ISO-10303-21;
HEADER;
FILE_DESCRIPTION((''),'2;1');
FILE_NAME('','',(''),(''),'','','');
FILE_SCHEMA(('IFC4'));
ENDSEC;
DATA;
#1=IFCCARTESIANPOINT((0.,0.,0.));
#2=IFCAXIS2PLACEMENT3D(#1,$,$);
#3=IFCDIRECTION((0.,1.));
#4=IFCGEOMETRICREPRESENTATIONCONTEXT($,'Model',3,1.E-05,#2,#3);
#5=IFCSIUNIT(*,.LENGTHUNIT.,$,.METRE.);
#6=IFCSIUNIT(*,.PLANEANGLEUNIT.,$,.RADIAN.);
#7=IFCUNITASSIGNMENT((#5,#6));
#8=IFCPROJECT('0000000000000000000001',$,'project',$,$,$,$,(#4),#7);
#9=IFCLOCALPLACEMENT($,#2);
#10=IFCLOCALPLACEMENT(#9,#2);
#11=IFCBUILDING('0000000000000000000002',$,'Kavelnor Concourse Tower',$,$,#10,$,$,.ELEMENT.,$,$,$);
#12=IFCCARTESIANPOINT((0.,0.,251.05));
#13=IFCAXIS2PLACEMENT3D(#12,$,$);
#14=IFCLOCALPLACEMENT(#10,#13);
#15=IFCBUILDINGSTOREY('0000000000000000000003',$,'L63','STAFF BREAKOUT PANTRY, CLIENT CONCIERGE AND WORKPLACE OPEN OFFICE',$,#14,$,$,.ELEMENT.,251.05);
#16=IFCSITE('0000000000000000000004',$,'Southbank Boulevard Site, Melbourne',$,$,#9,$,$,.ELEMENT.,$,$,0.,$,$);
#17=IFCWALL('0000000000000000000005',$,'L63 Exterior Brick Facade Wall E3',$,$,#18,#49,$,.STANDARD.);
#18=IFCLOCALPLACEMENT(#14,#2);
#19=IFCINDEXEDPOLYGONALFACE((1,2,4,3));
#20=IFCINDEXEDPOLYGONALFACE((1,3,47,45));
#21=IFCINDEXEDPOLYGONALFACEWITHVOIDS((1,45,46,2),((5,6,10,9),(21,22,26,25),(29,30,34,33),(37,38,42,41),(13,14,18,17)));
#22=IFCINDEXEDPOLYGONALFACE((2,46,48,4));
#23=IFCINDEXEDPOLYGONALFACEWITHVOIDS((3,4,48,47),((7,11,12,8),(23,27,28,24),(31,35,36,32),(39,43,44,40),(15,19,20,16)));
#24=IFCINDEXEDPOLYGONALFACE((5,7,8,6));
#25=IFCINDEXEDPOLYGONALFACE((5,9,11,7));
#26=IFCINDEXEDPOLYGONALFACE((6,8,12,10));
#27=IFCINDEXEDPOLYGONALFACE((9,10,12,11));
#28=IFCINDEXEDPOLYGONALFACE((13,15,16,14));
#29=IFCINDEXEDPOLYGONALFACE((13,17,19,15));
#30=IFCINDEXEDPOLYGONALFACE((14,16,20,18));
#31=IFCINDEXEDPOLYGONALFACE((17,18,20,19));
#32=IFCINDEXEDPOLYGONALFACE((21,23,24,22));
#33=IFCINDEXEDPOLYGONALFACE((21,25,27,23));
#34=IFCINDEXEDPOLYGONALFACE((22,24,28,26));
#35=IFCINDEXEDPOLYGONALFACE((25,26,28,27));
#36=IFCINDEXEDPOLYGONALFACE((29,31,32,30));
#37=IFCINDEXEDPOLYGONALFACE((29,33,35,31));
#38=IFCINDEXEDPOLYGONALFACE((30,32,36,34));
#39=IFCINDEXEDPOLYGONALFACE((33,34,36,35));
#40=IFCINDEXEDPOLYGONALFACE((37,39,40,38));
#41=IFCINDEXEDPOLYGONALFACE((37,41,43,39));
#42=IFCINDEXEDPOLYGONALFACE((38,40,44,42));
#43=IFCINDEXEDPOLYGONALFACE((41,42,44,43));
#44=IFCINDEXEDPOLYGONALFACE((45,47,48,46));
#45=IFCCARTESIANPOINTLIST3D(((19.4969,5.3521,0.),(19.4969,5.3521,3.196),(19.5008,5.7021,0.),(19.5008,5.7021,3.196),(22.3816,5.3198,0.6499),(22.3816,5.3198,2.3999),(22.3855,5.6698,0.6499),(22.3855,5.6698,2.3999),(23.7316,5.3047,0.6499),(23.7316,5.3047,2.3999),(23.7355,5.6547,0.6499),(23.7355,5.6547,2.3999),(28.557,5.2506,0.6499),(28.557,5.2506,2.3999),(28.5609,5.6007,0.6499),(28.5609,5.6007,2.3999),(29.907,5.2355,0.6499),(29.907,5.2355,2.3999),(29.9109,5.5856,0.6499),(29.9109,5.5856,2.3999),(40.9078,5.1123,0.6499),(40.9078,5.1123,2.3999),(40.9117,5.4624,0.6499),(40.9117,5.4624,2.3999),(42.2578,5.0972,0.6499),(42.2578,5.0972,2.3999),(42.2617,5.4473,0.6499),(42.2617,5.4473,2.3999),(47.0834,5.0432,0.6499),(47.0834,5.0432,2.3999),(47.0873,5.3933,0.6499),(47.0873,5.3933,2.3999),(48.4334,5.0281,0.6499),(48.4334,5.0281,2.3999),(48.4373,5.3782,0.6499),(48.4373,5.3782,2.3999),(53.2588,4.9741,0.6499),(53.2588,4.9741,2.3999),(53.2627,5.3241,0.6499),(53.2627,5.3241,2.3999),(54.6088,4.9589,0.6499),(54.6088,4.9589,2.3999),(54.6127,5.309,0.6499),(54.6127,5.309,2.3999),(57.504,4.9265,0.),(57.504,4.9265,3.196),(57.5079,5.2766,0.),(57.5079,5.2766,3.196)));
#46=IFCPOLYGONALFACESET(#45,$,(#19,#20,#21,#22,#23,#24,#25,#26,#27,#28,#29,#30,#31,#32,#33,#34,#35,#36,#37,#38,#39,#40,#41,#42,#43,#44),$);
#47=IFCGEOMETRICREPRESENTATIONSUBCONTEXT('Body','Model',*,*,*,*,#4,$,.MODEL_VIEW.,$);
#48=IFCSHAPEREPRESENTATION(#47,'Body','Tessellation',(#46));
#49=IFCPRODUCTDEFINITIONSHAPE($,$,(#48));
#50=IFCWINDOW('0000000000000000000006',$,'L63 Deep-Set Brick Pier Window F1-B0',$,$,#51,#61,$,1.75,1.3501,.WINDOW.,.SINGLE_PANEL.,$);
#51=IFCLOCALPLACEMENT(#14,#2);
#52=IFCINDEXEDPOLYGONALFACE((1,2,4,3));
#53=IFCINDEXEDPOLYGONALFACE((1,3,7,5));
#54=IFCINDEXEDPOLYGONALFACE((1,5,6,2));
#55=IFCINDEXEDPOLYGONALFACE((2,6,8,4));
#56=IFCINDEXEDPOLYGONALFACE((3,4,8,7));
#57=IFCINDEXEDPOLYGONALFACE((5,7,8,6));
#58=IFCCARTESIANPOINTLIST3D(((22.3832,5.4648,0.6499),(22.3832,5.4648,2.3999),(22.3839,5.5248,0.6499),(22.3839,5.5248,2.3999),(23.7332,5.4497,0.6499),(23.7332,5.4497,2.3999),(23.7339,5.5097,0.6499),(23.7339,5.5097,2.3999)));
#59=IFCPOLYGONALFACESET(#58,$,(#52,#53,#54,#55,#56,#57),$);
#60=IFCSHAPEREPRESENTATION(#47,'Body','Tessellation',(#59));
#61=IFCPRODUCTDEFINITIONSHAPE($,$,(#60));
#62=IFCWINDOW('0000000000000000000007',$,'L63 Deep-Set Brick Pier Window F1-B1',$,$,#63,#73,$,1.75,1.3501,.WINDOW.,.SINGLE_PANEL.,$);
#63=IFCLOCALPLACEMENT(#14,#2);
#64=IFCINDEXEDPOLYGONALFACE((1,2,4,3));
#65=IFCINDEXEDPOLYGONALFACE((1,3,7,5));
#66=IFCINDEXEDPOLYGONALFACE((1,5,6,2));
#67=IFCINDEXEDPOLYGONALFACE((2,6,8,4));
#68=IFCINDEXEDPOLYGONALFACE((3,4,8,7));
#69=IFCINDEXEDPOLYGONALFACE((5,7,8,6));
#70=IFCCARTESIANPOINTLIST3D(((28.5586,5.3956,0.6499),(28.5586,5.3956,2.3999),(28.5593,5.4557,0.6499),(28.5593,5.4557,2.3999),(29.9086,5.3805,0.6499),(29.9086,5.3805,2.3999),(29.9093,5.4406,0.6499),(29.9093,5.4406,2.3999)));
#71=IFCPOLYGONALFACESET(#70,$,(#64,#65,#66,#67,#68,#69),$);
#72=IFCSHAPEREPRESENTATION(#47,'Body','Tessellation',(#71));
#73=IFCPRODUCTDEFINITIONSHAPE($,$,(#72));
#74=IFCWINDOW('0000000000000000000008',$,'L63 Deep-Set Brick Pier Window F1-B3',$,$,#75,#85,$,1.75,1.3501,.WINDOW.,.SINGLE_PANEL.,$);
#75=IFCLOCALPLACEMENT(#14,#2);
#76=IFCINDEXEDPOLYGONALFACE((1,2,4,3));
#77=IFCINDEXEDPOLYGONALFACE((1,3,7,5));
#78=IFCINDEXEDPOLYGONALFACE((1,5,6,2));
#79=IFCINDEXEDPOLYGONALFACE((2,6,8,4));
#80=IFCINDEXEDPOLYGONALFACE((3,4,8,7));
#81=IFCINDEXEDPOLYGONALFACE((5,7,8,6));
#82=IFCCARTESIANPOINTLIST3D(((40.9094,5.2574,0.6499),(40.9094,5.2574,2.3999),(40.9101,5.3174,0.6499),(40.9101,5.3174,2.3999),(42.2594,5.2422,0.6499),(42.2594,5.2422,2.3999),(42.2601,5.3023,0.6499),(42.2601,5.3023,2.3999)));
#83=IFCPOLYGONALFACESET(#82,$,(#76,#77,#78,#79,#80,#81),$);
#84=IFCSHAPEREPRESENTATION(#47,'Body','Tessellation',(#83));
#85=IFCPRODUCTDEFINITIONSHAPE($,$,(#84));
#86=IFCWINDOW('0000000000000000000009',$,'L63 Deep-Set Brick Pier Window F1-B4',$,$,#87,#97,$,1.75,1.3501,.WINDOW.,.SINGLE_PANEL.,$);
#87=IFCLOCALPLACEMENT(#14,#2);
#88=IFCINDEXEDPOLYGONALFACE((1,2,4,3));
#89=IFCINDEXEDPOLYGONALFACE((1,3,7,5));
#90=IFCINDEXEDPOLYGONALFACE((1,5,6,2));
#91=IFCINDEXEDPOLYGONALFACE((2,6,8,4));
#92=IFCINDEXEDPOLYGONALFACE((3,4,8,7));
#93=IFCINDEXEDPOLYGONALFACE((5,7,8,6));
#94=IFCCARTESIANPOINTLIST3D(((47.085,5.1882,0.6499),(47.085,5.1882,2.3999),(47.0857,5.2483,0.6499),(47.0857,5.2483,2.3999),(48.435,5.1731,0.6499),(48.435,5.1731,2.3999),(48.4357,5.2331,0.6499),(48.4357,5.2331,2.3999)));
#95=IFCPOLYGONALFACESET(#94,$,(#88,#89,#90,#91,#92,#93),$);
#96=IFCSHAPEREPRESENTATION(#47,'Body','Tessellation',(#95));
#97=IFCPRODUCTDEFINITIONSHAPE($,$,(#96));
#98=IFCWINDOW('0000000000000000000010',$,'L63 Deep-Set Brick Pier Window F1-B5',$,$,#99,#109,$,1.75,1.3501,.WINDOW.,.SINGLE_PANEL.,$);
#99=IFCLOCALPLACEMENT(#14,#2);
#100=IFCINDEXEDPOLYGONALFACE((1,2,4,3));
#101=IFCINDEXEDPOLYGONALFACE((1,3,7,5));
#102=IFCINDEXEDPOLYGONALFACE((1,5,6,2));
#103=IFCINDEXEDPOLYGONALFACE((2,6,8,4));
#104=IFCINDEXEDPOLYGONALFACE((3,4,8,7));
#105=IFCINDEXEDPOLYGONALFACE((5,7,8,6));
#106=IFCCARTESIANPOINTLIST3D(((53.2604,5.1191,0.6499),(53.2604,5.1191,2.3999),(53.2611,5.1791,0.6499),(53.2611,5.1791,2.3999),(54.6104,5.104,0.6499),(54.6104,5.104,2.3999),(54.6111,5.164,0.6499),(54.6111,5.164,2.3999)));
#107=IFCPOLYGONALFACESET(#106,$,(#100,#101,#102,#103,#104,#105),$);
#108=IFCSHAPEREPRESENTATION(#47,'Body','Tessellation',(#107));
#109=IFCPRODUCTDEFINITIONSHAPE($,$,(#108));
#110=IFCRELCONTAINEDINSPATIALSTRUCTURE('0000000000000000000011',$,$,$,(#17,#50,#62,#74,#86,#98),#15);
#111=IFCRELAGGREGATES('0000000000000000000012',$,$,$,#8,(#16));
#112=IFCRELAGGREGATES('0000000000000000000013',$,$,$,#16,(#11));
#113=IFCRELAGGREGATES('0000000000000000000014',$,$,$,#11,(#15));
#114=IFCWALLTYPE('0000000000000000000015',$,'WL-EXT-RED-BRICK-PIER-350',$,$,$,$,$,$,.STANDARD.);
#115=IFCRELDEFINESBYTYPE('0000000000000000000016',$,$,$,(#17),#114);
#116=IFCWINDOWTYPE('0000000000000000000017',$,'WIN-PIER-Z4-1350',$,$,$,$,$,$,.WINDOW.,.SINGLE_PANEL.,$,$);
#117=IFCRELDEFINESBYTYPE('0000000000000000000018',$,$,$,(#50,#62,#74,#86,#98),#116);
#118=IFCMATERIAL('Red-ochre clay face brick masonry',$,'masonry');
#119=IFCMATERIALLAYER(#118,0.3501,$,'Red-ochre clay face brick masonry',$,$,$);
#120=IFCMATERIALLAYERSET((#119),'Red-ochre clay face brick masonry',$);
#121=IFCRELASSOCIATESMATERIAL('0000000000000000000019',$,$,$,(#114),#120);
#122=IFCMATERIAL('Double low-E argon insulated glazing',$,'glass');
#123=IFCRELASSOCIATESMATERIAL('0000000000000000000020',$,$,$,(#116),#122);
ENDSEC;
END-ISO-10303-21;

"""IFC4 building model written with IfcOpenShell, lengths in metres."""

from ifc_helpers import new_model, si_unit, direction, frame, frame_2d, origin, place, context, subcontext, project, spatial, rectangle, extrude, material, layer, layer_set, type_object, element, fill, save


model = new_model("IFC4")

# Units and contexts
model_context = context("Model", 3, precision=1e-05, world=origin(), true_north=direction((0.0, 1.0)))
body_context = subcontext(model_context, "Body", "Model", "MODEL_VIEW")
ifc_project = project(units=[si_unit("LENGTHUNIT", "METRE"), si_unit("PLANEANGLEUNIT", "RADIAN")], contexts=[model_context])

# Site, building, storey
site_placement = place(None, origin())
site = spatial("IfcSite", under=ifc_project, at=site_placement, Name="Southbank Boulevard Site, Melbourne", CompositionType="ELEMENT", RefElevation=0.0)
building_placement = place(site_placement, origin())
building = spatial("IfcBuilding", under=site, at=building_placement, Name="Kavelnor Concourse Tower", CompositionType="ELEMENT")
storey_placement = place(building_placement, frame((0.0, 0.0, 251.05)))
storey = spatial("IfcBuildingStorey", under=building, at=storey_placement, Name="L63", Description="STAFF BREAKOUT PANTRY, CLIENT CONCIERGE AND WORKPLACE OPEN OFFICE", CompositionType="ELEMENT", Elevation=251.05)

# Shared definitions
ifc_material_1 = material(Name="Double low-E argon insulated glazing", Category="glass")

# Wall, openings, windows
ifc_material_2 = material(Name="Red-ochre clay face brick masonry", Category="masonry")
ifc_layer_1 = layer(ifc_material_2, 0.3501, Name="Red-ochre clay face brick masonry")
ifc_layer_set_1 = layer_set([ifc_layer_1], Name="Red-ochre clay face brick masonry")
wall_type_1 = type_object("IfcWallType", Name="WL-EXT-RED-BRICK-PIER-350", PredefinedType="STANDARD", material=ifc_layer_set_1)
wall_1_placement = place(storey_placement, frame((57.5061, 5.1016, 0.0), z_axis=(0.0, 0.0, 1.0), x_axis=(-0.999937, 0.011196, 0.0)))
wall_1 = element("IfcWall", 1, at=wall_1_placement, inside=storey, type_object=wall_type_1, Name="L63 Exterior Brick Facade Wall E3", PredefinedType="STANDARD", context=body_context, shape_type="SweptSolid", body=[
    extrude(rectangle(XDim=38.0095, YDim=0.3501, at=frame_2d((19.0049, 0.0))), origin(), (0.0, 0.0, 1.0), 3.196),
])
opening_1_placement = place(wall_1_placement, frame((33.7747, 0.0, 0.6499)))
opening_1 = element("IfcOpeningElement", 2, at=opening_1_placement, cuts=wall_1, PredefinedType="OPENING", context=body_context, shape_type="SweptSolid", body=[
    extrude(rectangle(XDim=1.3501, YDim=1.75, at=frame_2d((0.675, 0.875))), frame((0.0, 0.1851, 0.0), z_axis=(0.0, -1.0, 0.0), x_axis=(1.0, 0.0, 0.0)), (0.0, 0.0, 1.0), 0.3701),
])
opening_2_placement = place(wall_1_placement, frame((27.5989, 0.0, 0.6499)))
opening_2 = element("IfcOpeningElement", 3, at=opening_2_placement, cuts=wall_1, PredefinedType="OPENING", context=body_context, shape_type="SweptSolid", body=[
    extrude(rectangle(XDim=1.3501, YDim=1.75, at=frame_2d((0.675, 0.875))), frame((0.0, 0.1851, 0.0), z_axis=(0.0, -1.0, 0.0), x_axis=(1.0, 0.0, 0.0)), (0.0, 0.0, 1.0), 0.3701),
])
opening_3_placement = place(wall_1_placement, frame((15.2473, 0.0, 0.6499)))
opening_3 = element("IfcOpeningElement", 4, at=opening_3_placement, cuts=wall_1, PredefinedType="OPENING", context=body_context, shape_type="SweptSolid", body=[
    extrude(rectangle(XDim=1.3501, YDim=1.75, at=frame_2d((0.675, 0.875))), frame((0.0, 0.1851, 0.0), z_axis=(0.0, -1.0, 0.0), x_axis=(1.0, 0.0, 0.0)), (0.0, 0.0, 1.0), 0.3701),
])
opening_4_placement = place(wall_1_placement, frame((9.0713, 0.0, 0.6499)))
opening_4 = element("IfcOpeningElement", 5, at=opening_4_placement, cuts=wall_1, PredefinedType="OPENING", context=body_context, shape_type="SweptSolid", body=[
    extrude(rectangle(XDim=1.3501, YDim=1.75, at=frame_2d((0.675, 0.875))), frame((0.0, 0.1851, 0.0), z_axis=(0.0, -1.0, 0.0), x_axis=(1.0, 0.0, 0.0)), (0.0, 0.0, 1.0), 0.3701),
])
opening_5_placement = place(wall_1_placement, frame((2.8955, 0.0, 0.6499)))
opening_5 = element("IfcOpeningElement", 6, at=opening_5_placement, cuts=wall_1, PredefinedType="OPENING", context=body_context, shape_type="SweptSolid", body=[
    extrude(rectangle(XDim=1.3501, YDim=1.75, at=frame_2d((0.675, 0.875))), frame((0.0, 0.1851, 0.0), z_axis=(0.0, -1.0, 0.0), x_axis=(1.0, 0.0, 0.0)), (0.0, 0.0, 1.0), 0.3701),
])
window_type_1 = type_object("IfcWindowType", Name="WIN-PIER-Z4-1350", PartitioningType="SINGLE_PANEL", PredefinedType="WINDOW", material=ifc_material_1)
window_1_placement = place(opening_1_placement, origin())
window_1 = element("IfcWindow", 7, at=window_1_placement, inside=storey, type_object=window_type_1, Name="L63 Deep-Set Brick Pier Window F1-B0", OverallHeight=1.75, OverallWidth=1.3501, PartitioningType="SINGLE_PANEL", PredefinedType="WINDOW", context=body_context, shape_type="SweptSolid", body=[
    extrude(rectangle(XDim=1.3501, YDim=1.75, at=frame_2d((0.675, 0.875))), frame((0.0, 0.03, 0.0), z_axis=(0.0, -1.0, 0.0), x_axis=(1.0, 0.0, 0.0)), (0.0, 0.0, 1.0), 0.0601),
])
fill(opening_1, window_1)
window_2_placement = place(opening_2_placement, origin())
window_2 = element("IfcWindow", 8, at=window_2_placement, inside=storey, type_object=window_type_1, Name="L63 Deep-Set Brick Pier Window F1-B1", OverallHeight=1.75, OverallWidth=1.3501, PartitioningType="SINGLE_PANEL", PredefinedType="WINDOW", context=body_context, shape_type="SweptSolid", body=[
    extrude(rectangle(XDim=1.3501, YDim=1.75, at=frame_2d((0.675, 0.875))), frame((0.0, 0.03, 0.0), z_axis=(0.0, -1.0, 0.0), x_axis=(1.0, 0.0, 0.0)), (0.0, 0.0, 1.0), 0.0601),
])
fill(opening_2, window_2)
window_3_placement = place(opening_3_placement, origin())
window_3 = element("IfcWindow", 9, at=window_3_placement, inside=storey, type_object=window_type_1, Name="L63 Deep-Set Brick Pier Window F1-B3", OverallHeight=1.75, OverallWidth=1.3501, PartitioningType="SINGLE_PANEL", PredefinedType="WINDOW", context=body_context, shape_type="SweptSolid", body=[
    extrude(rectangle(XDim=1.3501, YDim=1.75, at=frame_2d((0.675, 0.875))), frame((0.0, 0.03, 0.0), z_axis=(0.0, -1.0, 0.0), x_axis=(1.0, 0.0, 0.0)), (0.0, 0.0, 1.0), 0.0601),
])
fill(opening_3, window_3)
window_4_placement = place(opening_4_placement, origin())
window_4 = element("IfcWindow", 10, at=window_4_placement, inside=storey, type_object=window_type_1, Name="L63 Deep-Set Brick Pier Window F1-B4", OverallHeight=1.75, OverallWidth=1.3501, PartitioningType="SINGLE_PANEL", PredefinedType="WINDOW", context=body_context, shape_type="SweptSolid", body=[
    extrude(rectangle(XDim=1.3501, YDim=1.75, at=frame_2d((0.675, 0.875))), frame((0.0, 0.03, 0.0), z_axis=(0.0, -1.0, 0.0), x_axis=(1.0, 0.0, 0.0)), (0.0, 0.0, 1.0), 0.0601),
])
fill(opening_4, window_4)
window_5_placement = place(opening_5_placement, origin())
window_5 = element("IfcWindow", 11, at=window_5_placement, inside=storey, type_object=window_type_1, Name="L63 Deep-Set Brick Pier Window F1-B5", OverallHeight=1.75, OverallWidth=1.3501, PartitioningType="SINGLE_PANEL", PredefinedType="WINDOW", context=body_context, shape_type="SweptSolid", body=[
    extrude(rectangle(XDim=1.3501, YDim=1.75, at=frame_2d((0.675, 0.875))), frame((0.0, 0.03, 0.0), z_axis=(0.0, -1.0, 0.0), x_axis=(1.0, 0.0, 0.0)), (0.0, 0.0, 1.0), 0.0601),
])
fill(opening_5, window_5)

save(model, "model.ifc")
